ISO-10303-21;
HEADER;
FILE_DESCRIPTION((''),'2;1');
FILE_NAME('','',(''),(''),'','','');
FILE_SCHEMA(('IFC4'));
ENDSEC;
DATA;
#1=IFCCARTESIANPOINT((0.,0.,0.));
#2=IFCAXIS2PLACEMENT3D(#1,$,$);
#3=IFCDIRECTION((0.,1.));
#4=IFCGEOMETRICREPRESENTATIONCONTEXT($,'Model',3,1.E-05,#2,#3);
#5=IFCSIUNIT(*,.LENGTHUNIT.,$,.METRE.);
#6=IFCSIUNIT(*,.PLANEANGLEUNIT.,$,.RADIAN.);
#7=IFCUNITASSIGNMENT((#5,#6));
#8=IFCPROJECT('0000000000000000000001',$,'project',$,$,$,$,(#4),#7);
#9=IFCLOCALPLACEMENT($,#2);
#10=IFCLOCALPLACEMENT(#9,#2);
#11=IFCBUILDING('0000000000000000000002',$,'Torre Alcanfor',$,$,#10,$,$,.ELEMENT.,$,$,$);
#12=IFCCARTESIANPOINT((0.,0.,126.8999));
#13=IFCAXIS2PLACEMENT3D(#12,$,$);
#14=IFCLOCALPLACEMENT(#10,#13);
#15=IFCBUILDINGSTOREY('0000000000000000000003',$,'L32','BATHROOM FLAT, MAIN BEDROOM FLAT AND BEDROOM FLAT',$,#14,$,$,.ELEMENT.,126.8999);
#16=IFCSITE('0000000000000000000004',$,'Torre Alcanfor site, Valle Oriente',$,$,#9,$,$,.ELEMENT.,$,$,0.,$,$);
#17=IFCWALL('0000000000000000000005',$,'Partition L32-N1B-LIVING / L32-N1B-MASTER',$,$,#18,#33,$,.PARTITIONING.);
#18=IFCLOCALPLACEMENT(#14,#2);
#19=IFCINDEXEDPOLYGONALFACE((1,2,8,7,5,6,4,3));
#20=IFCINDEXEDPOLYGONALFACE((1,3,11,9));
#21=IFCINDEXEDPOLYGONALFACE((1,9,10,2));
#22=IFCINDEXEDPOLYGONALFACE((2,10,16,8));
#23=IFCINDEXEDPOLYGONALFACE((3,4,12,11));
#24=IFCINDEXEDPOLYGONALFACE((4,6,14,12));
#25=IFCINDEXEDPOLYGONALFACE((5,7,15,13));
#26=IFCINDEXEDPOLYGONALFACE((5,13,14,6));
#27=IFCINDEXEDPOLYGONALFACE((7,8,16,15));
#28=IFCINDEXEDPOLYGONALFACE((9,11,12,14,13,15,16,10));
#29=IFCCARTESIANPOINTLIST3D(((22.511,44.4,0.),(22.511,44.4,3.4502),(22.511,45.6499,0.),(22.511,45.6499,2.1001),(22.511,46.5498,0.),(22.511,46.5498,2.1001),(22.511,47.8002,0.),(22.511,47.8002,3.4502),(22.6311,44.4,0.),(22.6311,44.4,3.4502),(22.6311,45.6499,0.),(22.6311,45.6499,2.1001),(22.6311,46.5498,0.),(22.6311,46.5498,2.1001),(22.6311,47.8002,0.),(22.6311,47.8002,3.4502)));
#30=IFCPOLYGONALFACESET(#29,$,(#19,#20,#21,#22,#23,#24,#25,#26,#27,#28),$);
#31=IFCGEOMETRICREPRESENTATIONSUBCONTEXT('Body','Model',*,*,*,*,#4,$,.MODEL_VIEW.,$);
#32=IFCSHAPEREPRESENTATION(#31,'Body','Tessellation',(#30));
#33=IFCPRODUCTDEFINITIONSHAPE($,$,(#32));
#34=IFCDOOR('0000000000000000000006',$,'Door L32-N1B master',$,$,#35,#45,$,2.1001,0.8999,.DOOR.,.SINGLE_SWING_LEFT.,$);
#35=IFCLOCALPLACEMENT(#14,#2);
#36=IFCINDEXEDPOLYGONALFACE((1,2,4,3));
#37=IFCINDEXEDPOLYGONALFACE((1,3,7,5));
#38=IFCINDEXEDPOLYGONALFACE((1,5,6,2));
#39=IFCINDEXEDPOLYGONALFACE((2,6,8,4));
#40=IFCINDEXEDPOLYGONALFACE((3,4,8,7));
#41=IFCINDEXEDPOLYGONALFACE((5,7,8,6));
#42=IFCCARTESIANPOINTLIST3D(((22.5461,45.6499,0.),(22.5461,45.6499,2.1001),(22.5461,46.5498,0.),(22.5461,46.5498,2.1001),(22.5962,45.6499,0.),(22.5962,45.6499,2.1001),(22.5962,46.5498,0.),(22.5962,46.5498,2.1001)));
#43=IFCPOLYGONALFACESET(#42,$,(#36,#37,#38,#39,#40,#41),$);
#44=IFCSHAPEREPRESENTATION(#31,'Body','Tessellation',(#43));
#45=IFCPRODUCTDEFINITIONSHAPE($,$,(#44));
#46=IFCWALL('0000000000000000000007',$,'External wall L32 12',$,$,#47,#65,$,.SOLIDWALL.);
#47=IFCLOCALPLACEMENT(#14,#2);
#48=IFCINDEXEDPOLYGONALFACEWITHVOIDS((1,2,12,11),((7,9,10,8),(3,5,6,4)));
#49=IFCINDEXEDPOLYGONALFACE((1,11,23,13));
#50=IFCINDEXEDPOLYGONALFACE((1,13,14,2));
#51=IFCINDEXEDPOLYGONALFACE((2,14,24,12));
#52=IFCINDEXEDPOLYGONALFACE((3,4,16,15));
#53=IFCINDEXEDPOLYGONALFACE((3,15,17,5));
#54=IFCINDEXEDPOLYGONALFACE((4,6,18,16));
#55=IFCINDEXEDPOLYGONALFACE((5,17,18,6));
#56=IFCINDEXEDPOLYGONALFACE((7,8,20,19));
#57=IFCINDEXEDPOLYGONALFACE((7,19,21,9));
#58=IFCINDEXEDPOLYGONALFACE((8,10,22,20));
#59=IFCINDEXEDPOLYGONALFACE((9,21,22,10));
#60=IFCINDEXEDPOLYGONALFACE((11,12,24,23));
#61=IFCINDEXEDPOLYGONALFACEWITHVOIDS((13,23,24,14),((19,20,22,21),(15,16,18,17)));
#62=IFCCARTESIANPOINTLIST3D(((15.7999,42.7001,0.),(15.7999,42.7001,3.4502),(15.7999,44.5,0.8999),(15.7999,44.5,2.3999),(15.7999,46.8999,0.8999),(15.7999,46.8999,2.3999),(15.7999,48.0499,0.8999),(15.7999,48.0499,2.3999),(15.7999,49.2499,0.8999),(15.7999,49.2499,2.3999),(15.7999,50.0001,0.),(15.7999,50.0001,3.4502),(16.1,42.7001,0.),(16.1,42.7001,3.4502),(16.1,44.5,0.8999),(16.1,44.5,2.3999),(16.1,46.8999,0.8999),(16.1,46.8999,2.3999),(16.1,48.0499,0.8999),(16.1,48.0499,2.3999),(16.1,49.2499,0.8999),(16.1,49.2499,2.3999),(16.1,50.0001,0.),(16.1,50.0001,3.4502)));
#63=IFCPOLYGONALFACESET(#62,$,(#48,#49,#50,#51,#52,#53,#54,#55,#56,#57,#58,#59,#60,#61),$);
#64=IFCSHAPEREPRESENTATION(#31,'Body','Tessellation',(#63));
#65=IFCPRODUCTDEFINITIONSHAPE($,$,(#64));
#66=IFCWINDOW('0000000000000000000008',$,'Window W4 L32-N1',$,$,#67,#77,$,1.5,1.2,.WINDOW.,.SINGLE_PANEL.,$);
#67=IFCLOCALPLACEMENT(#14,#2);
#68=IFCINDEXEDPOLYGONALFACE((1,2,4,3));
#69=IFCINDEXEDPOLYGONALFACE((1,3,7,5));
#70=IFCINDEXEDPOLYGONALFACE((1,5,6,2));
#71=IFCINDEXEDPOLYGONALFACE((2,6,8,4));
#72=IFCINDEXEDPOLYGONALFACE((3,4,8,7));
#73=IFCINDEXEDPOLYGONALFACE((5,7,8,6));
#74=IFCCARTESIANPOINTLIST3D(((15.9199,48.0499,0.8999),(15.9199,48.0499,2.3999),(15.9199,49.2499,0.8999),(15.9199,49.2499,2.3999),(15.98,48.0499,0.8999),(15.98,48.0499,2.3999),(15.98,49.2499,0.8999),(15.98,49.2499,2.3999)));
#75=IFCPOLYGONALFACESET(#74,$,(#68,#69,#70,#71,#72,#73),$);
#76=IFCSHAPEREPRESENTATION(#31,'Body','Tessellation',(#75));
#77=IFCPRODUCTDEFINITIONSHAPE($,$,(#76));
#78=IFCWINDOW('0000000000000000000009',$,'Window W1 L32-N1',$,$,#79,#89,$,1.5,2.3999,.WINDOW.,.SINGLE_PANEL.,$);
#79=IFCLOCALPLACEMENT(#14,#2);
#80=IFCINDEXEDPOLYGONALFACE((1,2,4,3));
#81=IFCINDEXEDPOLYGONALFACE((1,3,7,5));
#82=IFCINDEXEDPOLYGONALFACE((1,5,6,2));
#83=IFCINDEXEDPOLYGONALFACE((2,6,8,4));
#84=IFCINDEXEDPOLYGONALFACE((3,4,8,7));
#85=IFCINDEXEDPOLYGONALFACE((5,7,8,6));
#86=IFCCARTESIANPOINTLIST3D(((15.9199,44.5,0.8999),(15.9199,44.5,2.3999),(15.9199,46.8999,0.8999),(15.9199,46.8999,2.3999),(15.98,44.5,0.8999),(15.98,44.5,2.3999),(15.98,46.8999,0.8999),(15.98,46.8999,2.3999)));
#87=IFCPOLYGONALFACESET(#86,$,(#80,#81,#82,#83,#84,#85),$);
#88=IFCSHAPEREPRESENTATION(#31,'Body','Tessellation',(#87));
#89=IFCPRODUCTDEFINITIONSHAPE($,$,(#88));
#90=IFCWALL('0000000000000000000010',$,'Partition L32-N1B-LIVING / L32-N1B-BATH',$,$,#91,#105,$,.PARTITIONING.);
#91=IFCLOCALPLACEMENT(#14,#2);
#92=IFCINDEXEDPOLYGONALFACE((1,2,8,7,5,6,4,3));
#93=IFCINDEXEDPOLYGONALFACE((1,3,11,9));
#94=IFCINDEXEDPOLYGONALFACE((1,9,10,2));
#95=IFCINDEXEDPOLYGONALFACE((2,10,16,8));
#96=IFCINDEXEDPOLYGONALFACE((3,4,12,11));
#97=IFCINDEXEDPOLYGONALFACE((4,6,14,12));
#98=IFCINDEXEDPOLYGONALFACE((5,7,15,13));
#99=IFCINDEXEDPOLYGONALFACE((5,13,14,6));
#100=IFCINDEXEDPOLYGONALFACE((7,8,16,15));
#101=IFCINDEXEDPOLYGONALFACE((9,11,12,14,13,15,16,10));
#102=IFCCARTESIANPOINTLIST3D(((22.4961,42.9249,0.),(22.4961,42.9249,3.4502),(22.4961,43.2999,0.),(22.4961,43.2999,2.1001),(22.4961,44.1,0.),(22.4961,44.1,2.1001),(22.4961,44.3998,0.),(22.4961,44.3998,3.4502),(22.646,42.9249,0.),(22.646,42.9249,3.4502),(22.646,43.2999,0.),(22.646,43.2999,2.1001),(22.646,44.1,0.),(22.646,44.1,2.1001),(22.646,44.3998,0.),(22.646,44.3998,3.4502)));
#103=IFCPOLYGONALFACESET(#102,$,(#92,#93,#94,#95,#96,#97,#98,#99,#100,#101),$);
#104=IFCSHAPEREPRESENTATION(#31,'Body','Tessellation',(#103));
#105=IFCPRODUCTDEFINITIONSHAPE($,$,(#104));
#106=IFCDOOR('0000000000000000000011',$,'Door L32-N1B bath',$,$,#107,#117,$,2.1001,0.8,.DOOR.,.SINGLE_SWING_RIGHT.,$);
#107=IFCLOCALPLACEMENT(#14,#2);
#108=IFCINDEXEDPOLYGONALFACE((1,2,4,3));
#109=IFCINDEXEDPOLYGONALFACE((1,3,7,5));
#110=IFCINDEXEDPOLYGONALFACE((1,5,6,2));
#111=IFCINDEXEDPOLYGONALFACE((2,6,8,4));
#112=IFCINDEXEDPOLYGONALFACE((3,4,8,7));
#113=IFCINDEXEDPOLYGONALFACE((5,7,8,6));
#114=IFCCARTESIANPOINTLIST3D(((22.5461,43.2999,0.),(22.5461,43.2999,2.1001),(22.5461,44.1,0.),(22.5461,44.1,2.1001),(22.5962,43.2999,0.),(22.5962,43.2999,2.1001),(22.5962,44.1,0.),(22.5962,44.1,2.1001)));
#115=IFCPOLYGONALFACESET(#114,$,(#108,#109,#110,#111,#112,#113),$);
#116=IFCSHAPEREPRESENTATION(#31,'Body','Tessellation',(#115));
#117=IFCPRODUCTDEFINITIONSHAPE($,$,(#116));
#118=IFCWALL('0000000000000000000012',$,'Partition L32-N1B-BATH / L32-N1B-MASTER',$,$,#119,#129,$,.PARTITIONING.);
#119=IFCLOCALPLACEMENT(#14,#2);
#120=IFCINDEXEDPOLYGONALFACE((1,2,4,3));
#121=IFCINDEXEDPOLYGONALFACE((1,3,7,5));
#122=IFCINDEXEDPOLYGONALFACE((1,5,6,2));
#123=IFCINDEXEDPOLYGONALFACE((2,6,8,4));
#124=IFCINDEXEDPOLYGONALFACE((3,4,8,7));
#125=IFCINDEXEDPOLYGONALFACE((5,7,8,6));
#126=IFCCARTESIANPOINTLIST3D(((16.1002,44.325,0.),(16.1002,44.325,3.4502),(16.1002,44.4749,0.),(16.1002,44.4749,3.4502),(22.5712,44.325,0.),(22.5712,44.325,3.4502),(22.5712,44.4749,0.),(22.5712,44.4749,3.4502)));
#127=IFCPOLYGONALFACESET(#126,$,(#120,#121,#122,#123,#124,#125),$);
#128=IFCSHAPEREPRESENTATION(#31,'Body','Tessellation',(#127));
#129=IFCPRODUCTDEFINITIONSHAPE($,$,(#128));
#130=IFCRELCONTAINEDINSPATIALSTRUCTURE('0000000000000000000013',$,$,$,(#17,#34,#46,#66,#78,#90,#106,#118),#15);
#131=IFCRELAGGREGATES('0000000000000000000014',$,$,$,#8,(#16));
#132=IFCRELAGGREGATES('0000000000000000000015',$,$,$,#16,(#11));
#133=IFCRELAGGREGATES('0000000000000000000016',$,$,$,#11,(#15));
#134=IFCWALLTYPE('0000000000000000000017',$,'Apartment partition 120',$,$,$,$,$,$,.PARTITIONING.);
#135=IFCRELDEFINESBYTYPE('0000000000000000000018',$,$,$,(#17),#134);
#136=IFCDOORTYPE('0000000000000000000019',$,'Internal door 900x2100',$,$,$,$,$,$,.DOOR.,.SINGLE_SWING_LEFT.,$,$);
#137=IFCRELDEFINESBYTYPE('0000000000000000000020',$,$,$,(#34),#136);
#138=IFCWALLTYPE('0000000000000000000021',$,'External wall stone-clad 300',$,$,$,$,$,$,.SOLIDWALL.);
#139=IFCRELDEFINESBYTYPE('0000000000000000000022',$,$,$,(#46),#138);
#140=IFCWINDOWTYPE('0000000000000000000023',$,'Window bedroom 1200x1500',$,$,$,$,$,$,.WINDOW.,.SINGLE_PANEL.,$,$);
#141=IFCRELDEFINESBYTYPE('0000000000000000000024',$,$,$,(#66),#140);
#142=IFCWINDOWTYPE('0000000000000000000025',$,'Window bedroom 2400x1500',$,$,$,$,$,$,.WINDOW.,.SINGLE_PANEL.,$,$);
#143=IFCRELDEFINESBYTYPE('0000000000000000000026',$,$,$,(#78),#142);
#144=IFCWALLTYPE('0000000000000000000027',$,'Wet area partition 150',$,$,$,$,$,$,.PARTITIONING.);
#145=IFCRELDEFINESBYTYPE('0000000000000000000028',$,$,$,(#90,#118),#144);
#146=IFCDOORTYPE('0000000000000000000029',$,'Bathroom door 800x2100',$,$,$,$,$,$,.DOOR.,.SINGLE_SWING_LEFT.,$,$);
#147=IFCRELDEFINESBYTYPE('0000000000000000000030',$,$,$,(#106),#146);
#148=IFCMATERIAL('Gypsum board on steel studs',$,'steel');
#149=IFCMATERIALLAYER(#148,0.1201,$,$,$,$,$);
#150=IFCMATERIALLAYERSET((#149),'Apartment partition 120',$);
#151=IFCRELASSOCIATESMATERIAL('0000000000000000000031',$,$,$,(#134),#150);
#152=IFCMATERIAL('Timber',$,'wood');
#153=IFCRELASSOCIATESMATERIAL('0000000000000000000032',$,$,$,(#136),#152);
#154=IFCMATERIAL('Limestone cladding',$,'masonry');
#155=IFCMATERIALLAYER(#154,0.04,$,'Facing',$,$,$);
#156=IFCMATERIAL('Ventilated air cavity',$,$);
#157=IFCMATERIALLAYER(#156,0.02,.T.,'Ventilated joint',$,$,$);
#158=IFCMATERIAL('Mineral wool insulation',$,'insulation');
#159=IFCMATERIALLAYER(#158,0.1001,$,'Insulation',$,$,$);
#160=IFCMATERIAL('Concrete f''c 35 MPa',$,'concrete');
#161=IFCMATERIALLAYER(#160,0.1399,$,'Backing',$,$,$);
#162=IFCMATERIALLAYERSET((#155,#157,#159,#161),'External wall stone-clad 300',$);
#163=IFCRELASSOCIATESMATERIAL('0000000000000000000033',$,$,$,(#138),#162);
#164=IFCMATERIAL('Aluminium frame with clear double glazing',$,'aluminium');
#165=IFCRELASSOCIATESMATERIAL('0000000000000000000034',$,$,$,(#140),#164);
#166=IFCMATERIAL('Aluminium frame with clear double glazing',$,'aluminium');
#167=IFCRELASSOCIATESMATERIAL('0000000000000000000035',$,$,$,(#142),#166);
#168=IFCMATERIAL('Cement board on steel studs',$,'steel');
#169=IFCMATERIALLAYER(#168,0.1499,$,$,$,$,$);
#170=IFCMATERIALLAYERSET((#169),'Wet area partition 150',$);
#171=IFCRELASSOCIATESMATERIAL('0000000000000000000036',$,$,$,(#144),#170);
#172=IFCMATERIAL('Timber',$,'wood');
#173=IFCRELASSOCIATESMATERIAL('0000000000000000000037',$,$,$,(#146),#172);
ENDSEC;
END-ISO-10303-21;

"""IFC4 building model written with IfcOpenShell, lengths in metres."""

from ifc_helpers import new_model, si_unit, direction, frame, frame_2d, origin, place, context, subcontext, project, spatial, rectangle, extrude, material, layer, layer_set, type_object, element, fill, save


model = new_model("IFC4")

# Units and contexts
model_context = context("Model", 3, precision=1e-05, world=origin(), true_north=direction((0.0, 1.0)))
body_context = subcontext(model_context, "Body", "Model", "MODEL_VIEW")
ifc_project = project(units=[si_unit("LENGTHUNIT", "METRE"), si_unit("PLANEANGLEUNIT", "RADIAN")], contexts=[model_context])

# Site, building, storey
site_placement = place(None, origin())
site = spatial("IfcSite", under=ifc_project, at=site_placement, Name="Torre Alcanfor site, Valle Oriente", CompositionType="ELEMENT", RefElevation=0.0)
building_placement = place(site_placement, origin())
building = spatial("IfcBuilding", under=site, at=building_placement, Name="Torre Alcanfor", CompositionType="ELEMENT")
storey_placement = place(building_placement, frame((0.0, 0.0, 126.8999)))
storey = spatial("IfcBuildingStorey", under=building, at=storey_placement, Name="L32", Description="BATHROOM FLAT, MAIN BEDROOM FLAT AND BEDROOM FLAT", CompositionType="ELEMENT", Elevation=126.8999)

# Wall, opening, door
ifc_material_1 = material(Name="Gypsum board on steel studs", Category="steel")
ifc_layer_1 = layer(ifc_material_1, 0.1201)
ifc_layer_set_1 = layer_set([ifc_layer_1], Name="Apartment partition 120")
wall_type_1 = type_object("IfcWallType", Name="Apartment partition 120", PredefinedType="PARTITIONING", material=ifc_layer_set_1)
wall_1_placement = place(storey_placement, frame((22.571, 44.3999, 0.0), z_axis=(0.0, 0.0, 1.0), x_axis=(0.0, 1.0, 0.0)))
wall_1 = element("IfcWall", 1, at=wall_1_placement, inside=storey, type_object=wall_type_1, Name="Partition L32-N1B-LIVING / L32-N1B-MASTER", PredefinedType="PARTITIONING", context=body_context, shape_type="SweptSolid", body=[
    extrude(rectangle(XDim=3.4001, YDim=0.1201, at=frame_2d((1.7002, 0.0))), origin(), (0.0, 0.0, 1.0), 3.4502),
])
opening_1_placement = place(wall_1_placement, frame((1.25, 0.0, 0.0)))
opening_1 = element("IfcOpeningElement", 2, at=opening_1_placement, cuts=wall_1, PredefinedType="OPENING", context=body_context, shape_type="SweptSolid", body=[
    extrude(rectangle(XDim=0.8999, YDim=2.1001, at=frame_2d((0.45, 1.05))), frame((0.0, 0.0701, 0.0), z_axis=(0.0, -1.0, 0.0), x_axis=(1.0, 0.0, 0.0)), (0.0, 0.0, 1.0), 0.1401),
])
ifc_material_2 = material(Name="Timber", Category="wood")
door_type_1 = type_object("IfcDoorType", Name="Internal door 900x2100", OperationType="SINGLE_SWING_LEFT", PredefinedType="DOOR", material=ifc_material_2)
door_1_placement = place(opening_1_placement, origin())
door_1 = element("IfcDoor", 3, at=door_1_placement, inside=storey, type_object=door_type_1, Name="Door L32-N1B master", OperationType="SINGLE_SWING_LEFT", OverallHeight=2.1001, OverallWidth=0.8999, PredefinedType="DOOR", context=body_context, shape_type="SweptSolid", body=[
    extrude(rectangle(XDim=0.8999, YDim=2.1001, at=frame_2d((0.45, 1.05))), frame((0.0, 0.0249, 0.0), z_axis=(0.0, -1.0, 0.0), x_axis=(1.0, 0.0, 0.0)), (0.0, 0.0, 1.0), 0.05),
])
fill(opening_1, door_1)

# Wall, openings, windows
ifc_material_3 = material(Name="Limestone cladding", Category="masonry")
ifc_layer_2 = layer(ifc_material_3, 0.04, Name="Facing")
ifc_material_4 = material(Name="Ventilated air cavity")
ifc_layer_3 = layer(ifc_material_4, 0.02, ventilated=True, Name="Ventilated joint")
ifc_material_5 = material(Name="Mineral wool insulation", Category="insulation")
ifc_layer_4 = layer(ifc_material_5, 0.1001, Name="Insulation")
ifc_material_6 = material(Name="Concrete f'c 35 MPa", Category="concrete")
ifc_layer_5 = layer(ifc_material_6, 0.1399, Name="Backing")
ifc_layer_set_2 = layer_set([ifc_layer_2, ifc_layer_3, ifc_layer_4, ifc_layer_5], Name="External wall stone-clad 300")
wall_type_2 = type_object("IfcWallType", Name="External wall stone-clad 300", PredefinedType="SOLIDWALL", material=ifc_layer_set_2)
wall_2_placement = place(storey_placement, frame((15.95, 50.0, 0.0), z_axis=(0.0, 0.0, 1.0), x_axis=(0.0, -1.0, 0.0)))
wall_2 = element("IfcWall", 4, at=wall_2_placement, inside=storey, type_object=wall_type_2, Name="External wall L32 12", PredefinedType="SOLIDWALL", context=body_context, shape_type="SweptSolid", body=[
    extrude(rectangle(XDim=7.3, YDim=0.3, at=frame_2d((3.6499, 0.0))), origin(), (0.0, 0.0, 1.0), 3.4502),
])
opening_2_placement = place(wall_2_placement, frame((3.1001, 0.0, 0.8999)))
opening_2 = element("IfcOpeningElement", 5, at=opening_2_placement, cuts=wall_2, PredefinedType="OPENING", context=body_context, shape_type="SweptSolid", body=[
    extrude(rectangle(XDim=2.3999, YDim=1.5, at=frame_2d((1.2, 0.75))), frame((0.0, 0.1599, 0.0), z_axis=(0.0, -1.0, 0.0), x_axis=(1.0, 0.0, 0.0)), (0.0, 0.0, 1.0), 0.3201),
])
opening_3_placement = place(wall_2_placement, frame((0.75, 0.0, 0.8999)))
opening_3 = element("IfcOpeningElement", 6, at=opening_3_placement, cuts=wall_2, PredefinedType="OPENING", context=body_context, shape_type="SweptSolid", body=[
    extrude(rectangle(XDim=1.2, YDim=1.5, at=frame_2d((0.6001, 0.75))), frame((0.0, 0.1599, 0.0), z_axis=(0.0, -1.0, 0.0), x_axis=(1.0, 0.0, 0.0)), (0.0, 0.0, 1.0), 0.3201),
])
ifc_material_7 = material(Name="Aluminium frame with clear double glazing", Category="aluminium")
window_type_1 = type_object("IfcWindowType", Name="Window bedroom 1200x1500", PartitioningType="SINGLE_PANEL", PredefinedType="WINDOW", material=ifc_material_7)
window_1_placement = place(opening_3_placement, origin())
window_1 = element("IfcWindow", 7, at=window_1_placement, inside=storey, type_object=window_type_1, Name="Window W4 L32-N1", OverallHeight=1.5, OverallWidth=1.2, PartitioningType="SINGLE_PANEL", PredefinedType="WINDOW", context=body_context, shape_type="SweptSolid", body=[
    extrude(rectangle(XDim=1.2, YDim=1.5, at=frame_2d((0.6001, 0.75))), frame((0.0, 0.03, 0.0), z_axis=(0.0, -1.0, 0.0), x_axis=(1.0, 0.0, 0.0)), (0.0, 0.0, 1.0), 0.0601),
])
fill(opening_3, window_1)
ifc_material_8 = material(Name="Aluminium frame with clear double glazing", Category="aluminium")
window_type_2 = type_object("IfcWindowType", Name="Window bedroom 2400x1500", PartitioningType="SINGLE_PANEL", PredefinedType="WINDOW", material=ifc_material_8)
window_2_placement = place(opening_2_placement, origin())
window_2 = element("IfcWindow", 8, at=window_2_placement, inside=storey, type_object=window_type_2, Name="Window W1 L32-N1", OverallHeight=1.5, OverallWidth=2.3999, PartitioningType="SINGLE_PANEL", PredefinedType="WINDOW", context=body_context, shape_type="SweptSolid", body=[
    extrude(rectangle(XDim=2.3999, YDim=1.5, at=frame_2d((1.2, 0.75))), frame((0.0, 0.03, 0.0), z_axis=(0.0, -1.0, 0.0), x_axis=(1.0, 0.0, 0.0)), (0.0, 0.0, 1.0), 0.0601),
])
fill(opening_2, window_2)

# Wall, opening, door
ifc_material_9 = material(Name="Cement board on steel studs", Category="steel")
ifc_layer_6 = layer(ifc_material_9, 0.1499)
ifc_layer_set_3 = layer_set([ifc_layer_6], Name="Wet area partition 150")
wall_type_3 = type_object("IfcWallType", Name="Wet area partition 150", PredefinedType="PARTITIONING", material=ifc_layer_set_3)
wall_3_placement = place(storey_placement, frame((22.571, 42.925, 0.0), z_axis=(0.0, 0.0, 1.0), x_axis=(0.0, 1.0, 0.0)))
wall_3 = element("IfcWall", 9, at=wall_3_placement, inside=storey, type_object=wall_type_3, Name="Partition L32-N1B-LIVING / L32-N1B-BATH", PredefinedType="PARTITIONING", context=body_context, shape_type="SweptSolid", body=[
    extrude(rectangle(XDim=1.4749, YDim=0.1499, at=frame_2d((0.7373, 0.0))), origin(), (0.0, 0.0, 1.0), 3.4502),
])
opening_4_placement = place(wall_3_placement, frame((0.375, 0.0, 0.0)))
opening_4 = element("IfcOpeningElement", 10, at=opening_4_placement, cuts=wall_3, PredefinedType="OPENING", context=body_context, shape_type="SweptSolid", body=[
    extrude(rectangle(XDim=0.8, YDim=2.1001, at=frame_2d((0.3999, 1.05))), frame((0.0, 0.085, 0.0), z_axis=(0.0, -1.0, 0.0), x_axis=(1.0, 0.0, 0.0)), (0.0, 0.0, 1.0), 0.1699),
])
ifc_material_10 = material(Name="Timber", Category="wood")
door_type_2 = type_object("IfcDoorType", Name="Bathroom door 800x2100", OperationType="SINGLE_SWING_LEFT", PredefinedType="DOOR", material=ifc_material_10)
door_2_placement = place(opening_4_placement, origin())
door_2 = element("IfcDoor", 11, at=door_2_placement, inside=storey, type_object=door_type_2, Name="Door L32-N1B bath", OperationType="SINGLE_SWING_RIGHT", OverallHeight=2.1001, OverallWidth=0.8, PredefinedType="DOOR", context=body_context, shape_type="SweptSolid", body=[
    extrude(rectangle(XDim=0.8, YDim=2.1001, at=frame_2d((0.3999, 1.05))), frame((0.0, 0.0249, 0.0), z_axis=(0.0, -1.0, 0.0), x_axis=(1.0, 0.0, 0.0)), (0.0, 0.0, 1.0), 0.05),
])
fill(opening_4, door_2)

# Wall
wall_4_placement = place(storey_placement, frame((22.571, 44.3999, 0.0), z_axis=(0.0, 0.0, 1.0), x_axis=(-1.0, 0.0, 0.0)))
element("IfcWall", 12, at=wall_4_placement, inside=storey, type_object=wall_type_3, Name="Partition L32-N1B-BATH / L32-N1B-MASTER", PredefinedType="PARTITIONING", context=body_context, shape_type="SweptSolid", body=[
    extrude(rectangle(XDim=6.4709, YDim=0.1499, at=frame_2d((3.2354, 0.0))), origin(), (0.0, 0.0, 1.0), 3.4502),
])

save(model, "model.ifc")
